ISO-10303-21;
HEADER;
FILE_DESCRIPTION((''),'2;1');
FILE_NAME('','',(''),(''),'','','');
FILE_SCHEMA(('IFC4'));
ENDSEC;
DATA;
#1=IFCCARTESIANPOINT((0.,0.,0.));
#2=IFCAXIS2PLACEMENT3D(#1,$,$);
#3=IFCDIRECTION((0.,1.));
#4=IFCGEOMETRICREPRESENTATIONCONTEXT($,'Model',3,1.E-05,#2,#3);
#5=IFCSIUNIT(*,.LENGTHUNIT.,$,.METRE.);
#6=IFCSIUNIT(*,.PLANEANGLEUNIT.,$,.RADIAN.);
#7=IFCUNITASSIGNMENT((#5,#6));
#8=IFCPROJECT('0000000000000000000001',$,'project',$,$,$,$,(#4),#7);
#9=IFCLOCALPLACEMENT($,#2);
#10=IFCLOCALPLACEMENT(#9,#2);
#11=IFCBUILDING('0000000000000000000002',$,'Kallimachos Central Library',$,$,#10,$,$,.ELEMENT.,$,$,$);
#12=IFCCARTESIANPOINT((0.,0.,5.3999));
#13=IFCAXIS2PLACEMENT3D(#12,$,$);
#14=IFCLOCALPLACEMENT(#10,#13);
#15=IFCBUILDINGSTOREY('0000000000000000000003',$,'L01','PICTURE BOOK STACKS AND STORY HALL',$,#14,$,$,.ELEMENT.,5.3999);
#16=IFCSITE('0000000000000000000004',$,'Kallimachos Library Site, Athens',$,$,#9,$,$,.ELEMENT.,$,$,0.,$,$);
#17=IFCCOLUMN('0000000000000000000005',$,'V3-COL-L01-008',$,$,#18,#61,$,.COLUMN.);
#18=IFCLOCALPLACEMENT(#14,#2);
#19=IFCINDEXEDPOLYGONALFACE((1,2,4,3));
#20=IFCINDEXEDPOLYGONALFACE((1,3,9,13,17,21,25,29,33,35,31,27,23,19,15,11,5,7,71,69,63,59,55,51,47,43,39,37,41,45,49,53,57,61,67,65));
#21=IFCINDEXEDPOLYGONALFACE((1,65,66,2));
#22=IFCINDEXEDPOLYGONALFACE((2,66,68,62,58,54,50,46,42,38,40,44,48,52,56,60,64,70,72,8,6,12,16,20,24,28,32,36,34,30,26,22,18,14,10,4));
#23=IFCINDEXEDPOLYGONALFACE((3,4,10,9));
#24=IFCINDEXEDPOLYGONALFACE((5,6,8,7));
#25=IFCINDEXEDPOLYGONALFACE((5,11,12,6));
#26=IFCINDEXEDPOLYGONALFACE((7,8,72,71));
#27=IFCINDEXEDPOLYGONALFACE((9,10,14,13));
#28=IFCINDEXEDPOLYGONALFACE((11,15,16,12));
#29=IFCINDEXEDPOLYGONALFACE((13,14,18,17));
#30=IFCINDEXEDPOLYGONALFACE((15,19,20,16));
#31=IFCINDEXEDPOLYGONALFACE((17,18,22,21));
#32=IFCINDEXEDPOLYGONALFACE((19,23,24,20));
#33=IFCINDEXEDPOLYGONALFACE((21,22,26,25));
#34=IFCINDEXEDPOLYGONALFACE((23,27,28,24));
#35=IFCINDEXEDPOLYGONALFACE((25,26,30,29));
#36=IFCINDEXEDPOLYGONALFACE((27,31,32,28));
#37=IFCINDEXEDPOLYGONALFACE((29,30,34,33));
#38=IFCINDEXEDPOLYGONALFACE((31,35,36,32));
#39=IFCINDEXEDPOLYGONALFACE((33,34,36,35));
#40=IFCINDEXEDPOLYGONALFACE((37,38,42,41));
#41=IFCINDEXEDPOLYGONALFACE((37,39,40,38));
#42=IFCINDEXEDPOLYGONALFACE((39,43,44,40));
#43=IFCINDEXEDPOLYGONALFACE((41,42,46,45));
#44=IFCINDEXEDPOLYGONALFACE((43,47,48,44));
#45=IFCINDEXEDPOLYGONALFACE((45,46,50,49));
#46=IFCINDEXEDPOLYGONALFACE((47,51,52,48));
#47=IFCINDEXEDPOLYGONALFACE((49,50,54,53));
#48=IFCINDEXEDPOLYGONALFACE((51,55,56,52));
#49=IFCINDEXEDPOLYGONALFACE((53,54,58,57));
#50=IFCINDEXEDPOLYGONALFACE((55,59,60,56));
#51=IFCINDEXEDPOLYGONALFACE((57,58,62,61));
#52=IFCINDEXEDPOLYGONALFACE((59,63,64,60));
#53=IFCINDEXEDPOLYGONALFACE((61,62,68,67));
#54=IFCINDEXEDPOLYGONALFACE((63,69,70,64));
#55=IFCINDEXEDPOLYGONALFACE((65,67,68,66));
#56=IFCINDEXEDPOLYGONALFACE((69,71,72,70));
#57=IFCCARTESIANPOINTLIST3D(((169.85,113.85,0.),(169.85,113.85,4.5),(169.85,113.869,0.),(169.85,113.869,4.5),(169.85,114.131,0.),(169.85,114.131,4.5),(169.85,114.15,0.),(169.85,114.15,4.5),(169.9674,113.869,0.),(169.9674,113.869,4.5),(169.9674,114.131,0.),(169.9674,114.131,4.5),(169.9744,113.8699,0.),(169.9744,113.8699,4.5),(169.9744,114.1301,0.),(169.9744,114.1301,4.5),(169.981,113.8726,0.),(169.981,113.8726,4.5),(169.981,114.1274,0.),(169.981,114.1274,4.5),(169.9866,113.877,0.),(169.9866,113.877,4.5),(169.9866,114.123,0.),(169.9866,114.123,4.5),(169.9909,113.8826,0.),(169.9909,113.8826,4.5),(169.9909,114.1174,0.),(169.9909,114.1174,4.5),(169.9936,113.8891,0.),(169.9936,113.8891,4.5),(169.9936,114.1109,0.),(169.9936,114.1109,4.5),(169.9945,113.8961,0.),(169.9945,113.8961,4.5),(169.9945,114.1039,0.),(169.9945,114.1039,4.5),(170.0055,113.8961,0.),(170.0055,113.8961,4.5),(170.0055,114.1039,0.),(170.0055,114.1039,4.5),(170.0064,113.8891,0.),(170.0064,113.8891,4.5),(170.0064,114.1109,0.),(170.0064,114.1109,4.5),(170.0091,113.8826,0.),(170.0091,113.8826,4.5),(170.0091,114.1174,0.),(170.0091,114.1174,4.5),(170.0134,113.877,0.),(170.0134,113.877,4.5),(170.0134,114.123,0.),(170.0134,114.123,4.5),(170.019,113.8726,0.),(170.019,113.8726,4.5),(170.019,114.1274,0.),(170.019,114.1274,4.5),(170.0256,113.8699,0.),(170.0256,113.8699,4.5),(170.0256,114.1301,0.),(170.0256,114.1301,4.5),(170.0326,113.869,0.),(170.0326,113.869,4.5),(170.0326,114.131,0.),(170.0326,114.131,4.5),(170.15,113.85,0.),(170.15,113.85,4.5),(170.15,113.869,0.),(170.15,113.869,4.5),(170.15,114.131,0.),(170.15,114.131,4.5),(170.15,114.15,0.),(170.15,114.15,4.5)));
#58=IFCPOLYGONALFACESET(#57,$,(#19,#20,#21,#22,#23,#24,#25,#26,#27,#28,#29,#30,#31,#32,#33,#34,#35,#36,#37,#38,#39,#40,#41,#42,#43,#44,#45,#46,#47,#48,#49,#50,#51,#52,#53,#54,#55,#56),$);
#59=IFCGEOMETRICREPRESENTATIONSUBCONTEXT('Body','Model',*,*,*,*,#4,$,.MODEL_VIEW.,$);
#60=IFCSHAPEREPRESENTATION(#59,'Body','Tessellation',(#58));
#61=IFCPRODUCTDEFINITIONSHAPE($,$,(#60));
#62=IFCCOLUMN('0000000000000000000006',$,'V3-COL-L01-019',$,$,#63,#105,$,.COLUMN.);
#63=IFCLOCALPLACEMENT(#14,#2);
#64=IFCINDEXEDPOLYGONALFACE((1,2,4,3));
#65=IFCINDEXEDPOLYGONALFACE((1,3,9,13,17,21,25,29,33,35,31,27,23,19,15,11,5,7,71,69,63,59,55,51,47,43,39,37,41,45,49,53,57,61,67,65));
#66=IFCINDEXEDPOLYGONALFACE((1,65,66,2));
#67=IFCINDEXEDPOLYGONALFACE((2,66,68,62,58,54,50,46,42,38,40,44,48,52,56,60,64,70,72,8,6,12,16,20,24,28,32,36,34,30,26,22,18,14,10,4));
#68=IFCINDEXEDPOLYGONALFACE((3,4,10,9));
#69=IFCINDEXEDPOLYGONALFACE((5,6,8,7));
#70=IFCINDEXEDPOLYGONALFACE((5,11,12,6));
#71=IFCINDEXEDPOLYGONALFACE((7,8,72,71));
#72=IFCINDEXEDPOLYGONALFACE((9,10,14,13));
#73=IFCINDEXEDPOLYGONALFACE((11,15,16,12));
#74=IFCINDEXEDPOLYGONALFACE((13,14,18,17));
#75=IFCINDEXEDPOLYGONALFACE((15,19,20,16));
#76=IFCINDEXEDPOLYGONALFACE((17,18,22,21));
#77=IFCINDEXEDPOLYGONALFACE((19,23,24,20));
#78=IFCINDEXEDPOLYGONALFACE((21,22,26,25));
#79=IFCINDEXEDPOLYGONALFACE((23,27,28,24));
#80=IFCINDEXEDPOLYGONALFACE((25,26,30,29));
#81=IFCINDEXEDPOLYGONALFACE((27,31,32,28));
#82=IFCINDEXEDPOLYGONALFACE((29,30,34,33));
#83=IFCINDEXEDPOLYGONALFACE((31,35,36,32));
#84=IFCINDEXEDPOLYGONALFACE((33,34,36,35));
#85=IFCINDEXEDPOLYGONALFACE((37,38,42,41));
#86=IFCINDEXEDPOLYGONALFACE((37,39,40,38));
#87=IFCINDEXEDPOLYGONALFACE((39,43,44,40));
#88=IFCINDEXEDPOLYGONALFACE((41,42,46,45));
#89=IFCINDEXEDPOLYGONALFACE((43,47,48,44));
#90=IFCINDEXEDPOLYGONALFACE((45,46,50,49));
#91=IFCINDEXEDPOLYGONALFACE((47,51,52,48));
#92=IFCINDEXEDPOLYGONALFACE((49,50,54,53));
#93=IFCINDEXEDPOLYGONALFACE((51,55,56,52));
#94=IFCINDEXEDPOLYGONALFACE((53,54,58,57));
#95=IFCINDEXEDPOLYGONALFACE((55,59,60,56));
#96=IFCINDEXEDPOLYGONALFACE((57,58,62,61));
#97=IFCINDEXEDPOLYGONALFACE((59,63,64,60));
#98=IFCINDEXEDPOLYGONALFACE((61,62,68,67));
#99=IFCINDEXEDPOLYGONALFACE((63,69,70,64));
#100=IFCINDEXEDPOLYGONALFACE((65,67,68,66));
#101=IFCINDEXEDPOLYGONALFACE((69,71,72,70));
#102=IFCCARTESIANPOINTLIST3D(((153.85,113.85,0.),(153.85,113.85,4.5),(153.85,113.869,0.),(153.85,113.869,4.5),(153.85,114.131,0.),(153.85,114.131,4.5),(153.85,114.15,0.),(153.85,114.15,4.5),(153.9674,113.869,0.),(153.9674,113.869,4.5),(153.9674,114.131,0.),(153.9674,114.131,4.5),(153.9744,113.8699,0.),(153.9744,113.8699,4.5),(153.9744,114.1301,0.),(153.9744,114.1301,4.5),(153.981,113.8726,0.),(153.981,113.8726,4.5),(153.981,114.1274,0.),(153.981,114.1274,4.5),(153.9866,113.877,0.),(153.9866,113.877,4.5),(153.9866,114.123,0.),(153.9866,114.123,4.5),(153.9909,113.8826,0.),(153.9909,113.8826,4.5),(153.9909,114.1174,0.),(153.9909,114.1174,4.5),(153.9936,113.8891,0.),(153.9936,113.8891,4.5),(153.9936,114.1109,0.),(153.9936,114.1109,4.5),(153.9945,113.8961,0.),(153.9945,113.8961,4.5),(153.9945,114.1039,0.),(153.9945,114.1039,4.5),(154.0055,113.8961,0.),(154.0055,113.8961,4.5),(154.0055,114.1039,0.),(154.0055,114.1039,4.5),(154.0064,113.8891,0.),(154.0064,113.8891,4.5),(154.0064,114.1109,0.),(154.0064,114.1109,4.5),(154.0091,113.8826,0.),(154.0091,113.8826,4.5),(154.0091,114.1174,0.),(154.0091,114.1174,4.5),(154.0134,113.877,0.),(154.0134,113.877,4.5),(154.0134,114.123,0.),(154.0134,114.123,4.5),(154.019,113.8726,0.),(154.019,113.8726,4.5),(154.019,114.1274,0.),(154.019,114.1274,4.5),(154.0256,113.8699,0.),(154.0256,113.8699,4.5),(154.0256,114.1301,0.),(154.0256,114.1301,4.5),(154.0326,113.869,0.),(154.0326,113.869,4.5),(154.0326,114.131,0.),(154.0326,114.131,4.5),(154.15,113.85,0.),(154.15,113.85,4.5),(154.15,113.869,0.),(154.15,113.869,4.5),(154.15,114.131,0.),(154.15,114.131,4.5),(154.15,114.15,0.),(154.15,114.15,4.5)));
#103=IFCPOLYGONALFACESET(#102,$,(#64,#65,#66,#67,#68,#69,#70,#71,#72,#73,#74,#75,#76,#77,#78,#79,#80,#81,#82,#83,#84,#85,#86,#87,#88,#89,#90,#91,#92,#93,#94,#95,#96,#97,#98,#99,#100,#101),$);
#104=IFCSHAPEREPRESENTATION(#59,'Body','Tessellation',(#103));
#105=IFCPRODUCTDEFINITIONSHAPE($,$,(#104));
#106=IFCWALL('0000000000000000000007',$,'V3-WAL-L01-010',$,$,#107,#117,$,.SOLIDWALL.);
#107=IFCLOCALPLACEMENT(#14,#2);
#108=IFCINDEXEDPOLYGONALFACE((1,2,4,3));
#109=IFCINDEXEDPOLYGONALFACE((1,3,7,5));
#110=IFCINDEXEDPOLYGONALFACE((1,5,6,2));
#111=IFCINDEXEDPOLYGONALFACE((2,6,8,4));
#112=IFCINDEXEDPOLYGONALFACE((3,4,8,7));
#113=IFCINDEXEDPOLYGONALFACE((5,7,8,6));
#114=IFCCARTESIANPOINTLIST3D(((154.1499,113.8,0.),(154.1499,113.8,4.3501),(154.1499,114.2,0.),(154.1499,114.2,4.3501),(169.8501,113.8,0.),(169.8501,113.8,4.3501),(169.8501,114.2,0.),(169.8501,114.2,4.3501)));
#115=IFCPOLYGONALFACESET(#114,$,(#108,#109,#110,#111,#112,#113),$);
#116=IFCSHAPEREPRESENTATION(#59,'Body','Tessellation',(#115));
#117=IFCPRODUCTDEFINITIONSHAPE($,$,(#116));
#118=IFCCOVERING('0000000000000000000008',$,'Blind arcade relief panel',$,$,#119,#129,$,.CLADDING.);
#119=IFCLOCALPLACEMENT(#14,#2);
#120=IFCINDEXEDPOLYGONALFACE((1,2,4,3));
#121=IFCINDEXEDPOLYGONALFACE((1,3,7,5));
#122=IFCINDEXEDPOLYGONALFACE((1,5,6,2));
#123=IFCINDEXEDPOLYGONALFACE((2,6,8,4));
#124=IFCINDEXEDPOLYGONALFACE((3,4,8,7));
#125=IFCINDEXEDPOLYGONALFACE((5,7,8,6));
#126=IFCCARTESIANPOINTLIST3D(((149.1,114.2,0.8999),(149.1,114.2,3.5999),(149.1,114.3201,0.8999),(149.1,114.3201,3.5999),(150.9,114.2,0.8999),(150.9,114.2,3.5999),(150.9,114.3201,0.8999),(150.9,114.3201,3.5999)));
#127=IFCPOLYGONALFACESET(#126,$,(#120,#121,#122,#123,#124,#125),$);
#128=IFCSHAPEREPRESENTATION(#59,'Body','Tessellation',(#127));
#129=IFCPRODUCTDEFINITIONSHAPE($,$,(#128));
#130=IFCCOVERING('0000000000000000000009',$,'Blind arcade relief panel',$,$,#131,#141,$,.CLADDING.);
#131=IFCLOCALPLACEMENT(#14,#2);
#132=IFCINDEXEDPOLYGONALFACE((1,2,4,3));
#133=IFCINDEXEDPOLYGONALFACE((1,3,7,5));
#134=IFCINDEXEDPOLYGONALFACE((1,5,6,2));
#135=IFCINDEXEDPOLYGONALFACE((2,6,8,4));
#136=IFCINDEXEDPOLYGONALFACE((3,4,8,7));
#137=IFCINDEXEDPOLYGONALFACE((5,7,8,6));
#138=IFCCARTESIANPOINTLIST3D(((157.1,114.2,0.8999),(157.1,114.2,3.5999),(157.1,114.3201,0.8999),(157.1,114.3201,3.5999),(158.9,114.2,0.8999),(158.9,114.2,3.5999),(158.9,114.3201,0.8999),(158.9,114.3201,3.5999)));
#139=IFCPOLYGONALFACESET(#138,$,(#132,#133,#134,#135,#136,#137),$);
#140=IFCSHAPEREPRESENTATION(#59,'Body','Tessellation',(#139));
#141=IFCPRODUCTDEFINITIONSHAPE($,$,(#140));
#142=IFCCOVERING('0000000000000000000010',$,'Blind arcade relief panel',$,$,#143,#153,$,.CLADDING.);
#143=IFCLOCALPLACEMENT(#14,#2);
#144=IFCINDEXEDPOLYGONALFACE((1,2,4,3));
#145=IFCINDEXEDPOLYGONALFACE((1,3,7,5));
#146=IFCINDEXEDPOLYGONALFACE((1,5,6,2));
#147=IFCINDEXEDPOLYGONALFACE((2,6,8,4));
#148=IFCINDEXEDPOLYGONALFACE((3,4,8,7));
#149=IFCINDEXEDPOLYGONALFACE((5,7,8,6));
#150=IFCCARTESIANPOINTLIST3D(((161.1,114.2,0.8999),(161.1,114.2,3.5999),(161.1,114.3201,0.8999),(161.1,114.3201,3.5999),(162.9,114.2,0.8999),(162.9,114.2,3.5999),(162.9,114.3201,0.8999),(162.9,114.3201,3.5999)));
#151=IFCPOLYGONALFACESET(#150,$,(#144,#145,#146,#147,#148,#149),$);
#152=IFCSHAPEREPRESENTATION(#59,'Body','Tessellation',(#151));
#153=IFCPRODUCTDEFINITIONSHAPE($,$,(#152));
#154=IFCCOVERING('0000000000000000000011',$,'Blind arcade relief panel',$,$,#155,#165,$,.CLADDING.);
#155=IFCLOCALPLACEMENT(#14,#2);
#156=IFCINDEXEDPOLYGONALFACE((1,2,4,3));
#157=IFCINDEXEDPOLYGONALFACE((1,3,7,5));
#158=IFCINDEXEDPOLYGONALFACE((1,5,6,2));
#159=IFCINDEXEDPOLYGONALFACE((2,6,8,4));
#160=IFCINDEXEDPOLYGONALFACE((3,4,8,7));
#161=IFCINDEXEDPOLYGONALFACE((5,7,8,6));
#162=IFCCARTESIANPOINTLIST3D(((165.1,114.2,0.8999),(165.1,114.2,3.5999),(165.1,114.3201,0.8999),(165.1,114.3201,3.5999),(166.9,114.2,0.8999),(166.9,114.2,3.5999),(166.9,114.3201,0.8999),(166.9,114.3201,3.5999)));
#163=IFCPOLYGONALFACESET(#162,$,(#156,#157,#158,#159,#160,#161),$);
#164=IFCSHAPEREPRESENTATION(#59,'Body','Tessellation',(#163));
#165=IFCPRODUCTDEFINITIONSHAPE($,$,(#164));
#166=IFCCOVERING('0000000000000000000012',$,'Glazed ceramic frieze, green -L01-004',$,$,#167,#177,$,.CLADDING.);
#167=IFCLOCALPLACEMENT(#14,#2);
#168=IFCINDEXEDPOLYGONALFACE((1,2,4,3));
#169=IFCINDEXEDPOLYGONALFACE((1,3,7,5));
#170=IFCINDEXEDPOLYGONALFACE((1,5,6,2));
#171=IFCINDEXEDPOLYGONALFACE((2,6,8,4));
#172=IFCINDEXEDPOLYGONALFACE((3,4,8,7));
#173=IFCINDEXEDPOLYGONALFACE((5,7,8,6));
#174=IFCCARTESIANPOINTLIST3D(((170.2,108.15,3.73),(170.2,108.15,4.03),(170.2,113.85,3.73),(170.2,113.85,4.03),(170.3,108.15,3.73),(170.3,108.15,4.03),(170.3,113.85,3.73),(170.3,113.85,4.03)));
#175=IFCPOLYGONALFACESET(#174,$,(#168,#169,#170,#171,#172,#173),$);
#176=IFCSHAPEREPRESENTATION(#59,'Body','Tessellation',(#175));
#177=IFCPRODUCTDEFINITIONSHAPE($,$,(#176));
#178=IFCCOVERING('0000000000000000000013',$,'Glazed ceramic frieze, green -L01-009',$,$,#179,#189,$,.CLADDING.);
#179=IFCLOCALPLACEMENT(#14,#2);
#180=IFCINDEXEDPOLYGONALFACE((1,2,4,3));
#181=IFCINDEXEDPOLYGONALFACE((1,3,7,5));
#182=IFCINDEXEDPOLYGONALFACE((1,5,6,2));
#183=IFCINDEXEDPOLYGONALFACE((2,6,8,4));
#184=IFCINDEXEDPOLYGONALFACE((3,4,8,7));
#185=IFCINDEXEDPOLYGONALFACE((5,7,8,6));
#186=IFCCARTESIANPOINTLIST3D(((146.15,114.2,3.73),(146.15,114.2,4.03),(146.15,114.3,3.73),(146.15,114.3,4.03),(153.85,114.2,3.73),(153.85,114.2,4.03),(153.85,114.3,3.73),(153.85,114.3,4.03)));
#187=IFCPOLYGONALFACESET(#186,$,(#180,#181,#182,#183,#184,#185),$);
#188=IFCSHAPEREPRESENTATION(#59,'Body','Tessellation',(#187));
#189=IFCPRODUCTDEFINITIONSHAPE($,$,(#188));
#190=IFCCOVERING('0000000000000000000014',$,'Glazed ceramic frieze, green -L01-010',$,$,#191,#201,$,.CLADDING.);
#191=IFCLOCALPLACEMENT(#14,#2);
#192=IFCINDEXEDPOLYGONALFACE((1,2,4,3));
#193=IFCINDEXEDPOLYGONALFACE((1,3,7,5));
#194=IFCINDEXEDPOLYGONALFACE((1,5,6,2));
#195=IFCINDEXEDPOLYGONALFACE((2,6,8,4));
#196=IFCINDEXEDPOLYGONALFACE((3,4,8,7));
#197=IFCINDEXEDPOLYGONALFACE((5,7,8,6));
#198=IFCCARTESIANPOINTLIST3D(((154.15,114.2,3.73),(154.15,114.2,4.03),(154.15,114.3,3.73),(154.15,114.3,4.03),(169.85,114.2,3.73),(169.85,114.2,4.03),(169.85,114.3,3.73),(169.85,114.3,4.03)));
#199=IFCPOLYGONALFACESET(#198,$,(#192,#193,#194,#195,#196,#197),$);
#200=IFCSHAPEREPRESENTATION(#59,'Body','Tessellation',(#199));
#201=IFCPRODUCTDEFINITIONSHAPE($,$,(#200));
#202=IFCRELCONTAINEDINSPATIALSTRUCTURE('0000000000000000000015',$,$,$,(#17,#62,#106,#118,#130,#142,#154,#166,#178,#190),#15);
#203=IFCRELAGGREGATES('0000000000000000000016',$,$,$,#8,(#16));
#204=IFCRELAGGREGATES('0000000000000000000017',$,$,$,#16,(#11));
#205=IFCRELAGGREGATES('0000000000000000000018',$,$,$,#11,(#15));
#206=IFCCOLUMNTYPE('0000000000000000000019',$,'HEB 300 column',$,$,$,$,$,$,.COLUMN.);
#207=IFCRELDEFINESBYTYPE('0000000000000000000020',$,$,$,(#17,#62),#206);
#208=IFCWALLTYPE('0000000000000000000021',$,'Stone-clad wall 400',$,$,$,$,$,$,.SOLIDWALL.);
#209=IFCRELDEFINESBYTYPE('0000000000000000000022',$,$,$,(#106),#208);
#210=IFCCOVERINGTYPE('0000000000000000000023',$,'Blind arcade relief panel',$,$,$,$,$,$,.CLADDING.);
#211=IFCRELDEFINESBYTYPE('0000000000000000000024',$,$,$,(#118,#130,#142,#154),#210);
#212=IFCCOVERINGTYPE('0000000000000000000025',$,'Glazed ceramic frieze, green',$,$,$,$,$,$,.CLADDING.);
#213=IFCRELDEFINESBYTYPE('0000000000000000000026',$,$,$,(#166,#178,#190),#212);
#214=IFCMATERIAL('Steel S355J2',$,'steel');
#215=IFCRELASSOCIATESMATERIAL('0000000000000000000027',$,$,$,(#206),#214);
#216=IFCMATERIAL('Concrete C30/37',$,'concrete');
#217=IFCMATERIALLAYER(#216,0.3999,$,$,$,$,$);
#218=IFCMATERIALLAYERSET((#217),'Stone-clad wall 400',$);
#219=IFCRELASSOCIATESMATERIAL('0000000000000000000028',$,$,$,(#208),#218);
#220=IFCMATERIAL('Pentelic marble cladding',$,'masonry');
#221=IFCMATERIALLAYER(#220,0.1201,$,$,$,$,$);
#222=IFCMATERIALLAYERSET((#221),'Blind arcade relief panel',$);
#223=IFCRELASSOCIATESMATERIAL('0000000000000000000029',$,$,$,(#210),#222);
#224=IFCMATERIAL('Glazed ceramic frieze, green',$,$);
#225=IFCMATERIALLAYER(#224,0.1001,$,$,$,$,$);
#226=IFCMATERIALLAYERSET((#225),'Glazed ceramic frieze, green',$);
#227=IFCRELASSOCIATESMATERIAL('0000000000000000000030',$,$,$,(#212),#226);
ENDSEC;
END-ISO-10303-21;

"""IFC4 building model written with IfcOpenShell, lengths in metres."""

from ifc_helpers import new_model, si_unit, direction, frame, frame_2d, origin, origin_2d, place, context, subcontext, project, spatial, rectangle, i_section, extrude, material, layer, layer_set, material_profile, profile_set, type_object, element, save


model = new_model("IFC4")

# Units and contexts
model_context = context("Model", 3, precision=1e-05, world=origin(), true_north=direction((0.0, 1.0)))
body_context = subcontext(model_context, "Body", "Model", "MODEL_VIEW")
ifc_project = project(units=[si_unit("LENGTHUNIT", "METRE"), si_unit("PLANEANGLEUNIT", "RADIAN")], contexts=[model_context])

# Site, building, storey
site_placement = place(None, origin())
site = spatial("IfcSite", under=ifc_project, at=site_placement, Name="Kallimachos Library Site, Athens", CompositionType="ELEMENT", RefElevation=0.0)
building_placement = place(site_placement, origin())
building = spatial("IfcBuilding", under=site, at=building_placement, Name="Kallimachos Central Library", CompositionType="ELEMENT")
storey_placement = place(building_placement, frame((0.0, 0.0, 5.3999)))
storey = spatial("IfcBuildingStorey", under=building, at=storey_placement, Name="L01", Description="PICTURE BOOK STACKS AND STORY HALL", CompositionType="ELEMENT", Elevation=5.3999)

# Columns
ifc_material_1 = material(Name="Steel S355J2", Category="steel")
ifc_material_profile = material_profile(ifc_material_1, i_section(OverallWidth=0.3, OverallDepth=0.3, WebThickness=0.011, FlangeThickness=0.019, FilletRadius=0.0271, at=origin_2d()), Name="HEB 300")
ifc_profile_set = profile_set([ifc_material_profile], Name="Steel S355J2")
column_type = type_object("IfcColumnType", Name="HEB 300 column", PredefinedType="COLUMN", material=ifc_profile_set)
for number, where, z_axis, x_axis, name in (
    (1, (170.0, 114.0, 0.0), (0.0, 0.0, 1.0), (1.0, 0.0, 0.0), "V3-COL-L01-008"),
    (2, (154.0, 114.0, 0.0), (0.0, 0.0, 1.0), (1.0, 0.0, 0.0), "V3-COL-L01-019"),
):
    element("IfcColumn", number, at=place(storey_placement, frame(where, z_axis=z_axis, x_axis=x_axis)), inside=storey, type_object=column_type, Name=name, PredefinedType="COLUMN", context=body_context, shape_type="SweptSolid", body=[
        extrude(i_section(OverallWidth=0.3, OverallDepth=0.3, WebThickness=0.011, FlangeThickness=0.019, FilletRadius=0.0271, at=origin_2d()), origin(), (0.0, 0.0, 1.0), 4.5),
    ])

# Wall
ifc_material_2 = material(Name="Concrete C30/37", Category="concrete")
ifc_layer_1 = layer(ifc_material_2, 0.3999)
ifc_layer_set_1 = layer_set([ifc_layer_1], Name="Stone-clad wall 400")
wall_type = type_object("IfcWallType", Name="Stone-clad wall 400", PredefinedType="SOLIDWALL", material=ifc_layer_set_1)
wall_placement = place(storey_placement, frame((154.1499, 114.0, 0.0), z_axis=(0.0, 0.0, 1.0), x_axis=(1.0, 0.0, 0.0)))
element("IfcWall", 3, at=wall_placement, inside=storey, type_object=wall_type, Name="V3-WAL-L01-010", PredefinedType="SOLIDWALL", context=body_context, shape_type="SweptSolid", body=[
    extrude(rectangle(XDim=15.7002, YDim=0.3999, at=frame_2d((7.8501, 0.0))), origin(), (0.0, 0.0, 1.0), 4.3501),
])

# Coverings
ifc_material_3 = material(Name="Pentelic marble cladding", Category="masonry")
ifc_layer_2 = layer(ifc_material_3, 0.1201)
ifc_layer_set_2 = layer_set([ifc_layer_2], Name="Blind arcade relief panel")
covering_type_1 = type_object("IfcCoveringType", Name="Blind arcade relief panel", PredefinedType="CLADDING", material=ifc_layer_set_2)
for number, where, z_axis, x_axis, name in (
    (4, (150.0, 114.26, 0.8999), (0.0, 0.0, 1.0), (1.0, 0.0, 0.0), "Blind arcade relief panel"),
    (5, (158.0, 114.26, 0.8999), (0.0, 0.0, 1.0), (1.0, 0.0, 0.0), "Blind arcade relief panel"),
    (6, (162.0, 114.26, 0.8999), (0.0, 0.0, 1.0), (1.0, 0.0, 0.0), "Blind arcade relief panel"),
    (7, (166.0, 114.26, 0.8999), (0.0, 0.0, 1.0), (1.0, 0.0, 0.0), "Blind arcade relief panel"),
):
    element("IfcCovering", number, at=place(storey_placement, frame(where, z_axis=z_axis, x_axis=x_axis)), inside=storey, type_object=covering_type_1, Name=name, PredefinedType="CLADDING", context=body_context, shape_type="SweptSolid", body=[
        extrude(rectangle(XDim=1.8, YDim=0.1201, at=origin_2d()), origin(), (0.0, 0.0, 1.0), 2.7),
    ])
ifc_material_4 = material(Name="Glazed ceramic frieze, green")
ifc_layer_3 = layer(ifc_material_4, 0.1001)
ifc_layer_set_3 = layer_set([ifc_layer_3], Name="Glazed ceramic frieze, green")
covering_type_2 = type_object("IfcCoveringType", Name="Glazed ceramic frieze, green", PredefinedType="CLADDING", material=ifc_layer_set_3)
covering_1_placement = place(storey_placement, frame((170.25, 111.0, 3.73), z_axis=(0.0, 0.0, 1.0), x_axis=(1.0, 0.0, 0.0)))
element("IfcCovering", 8, at=covering_1_placement, inside=storey, type_object=covering_type_2, Name="Glazed ceramic frieze, green -L01-004", PredefinedType="CLADDING", context=body_context, shape_type="SweptSolid", body=[
    extrude(rectangle(XDim=0.1001, YDim=5.7, at=origin_2d()), origin(), (0.0, 0.0, 1.0), 0.3),
])
covering_2_placement = place(storey_placement, frame((150.0, 114.25, 3.73), z_axis=(0.0, 0.0, 1.0), x_axis=(1.0, 0.0, 0.0)))
element("IfcCovering", 9, at=covering_2_placement, inside=storey, type_object=covering_type_2, Name="Glazed ceramic frieze, green -L01-009", PredefinedType="CLADDING", context=body_context, shape_type="SweptSolid", body=[
    extrude(rectangle(XDim=7.7, YDim=0.1001, at=origin_2d()), origin(), (0.0, 0.0, 1.0), 0.3),
])
covering_3_placement = place(storey_placement, frame((162.0, 114.25, 3.73), z_axis=(0.0, 0.0, 1.0), x_axis=(1.0, 0.0, 0.0)))
element("IfcCovering", 10, at=covering_3_placement, inside=storey, type_object=covering_type_2, Name="Glazed ceramic frieze, green -L01-010", PredefinedType="CLADDING", context=body_context, shape_type="SweptSolid", body=[
    extrude(rectangle(XDim=15.7, YDim=0.1001, at=origin_2d()), origin(), (0.0, 0.0, 1.0), 0.3),
])

save(model, "model.ifc")
